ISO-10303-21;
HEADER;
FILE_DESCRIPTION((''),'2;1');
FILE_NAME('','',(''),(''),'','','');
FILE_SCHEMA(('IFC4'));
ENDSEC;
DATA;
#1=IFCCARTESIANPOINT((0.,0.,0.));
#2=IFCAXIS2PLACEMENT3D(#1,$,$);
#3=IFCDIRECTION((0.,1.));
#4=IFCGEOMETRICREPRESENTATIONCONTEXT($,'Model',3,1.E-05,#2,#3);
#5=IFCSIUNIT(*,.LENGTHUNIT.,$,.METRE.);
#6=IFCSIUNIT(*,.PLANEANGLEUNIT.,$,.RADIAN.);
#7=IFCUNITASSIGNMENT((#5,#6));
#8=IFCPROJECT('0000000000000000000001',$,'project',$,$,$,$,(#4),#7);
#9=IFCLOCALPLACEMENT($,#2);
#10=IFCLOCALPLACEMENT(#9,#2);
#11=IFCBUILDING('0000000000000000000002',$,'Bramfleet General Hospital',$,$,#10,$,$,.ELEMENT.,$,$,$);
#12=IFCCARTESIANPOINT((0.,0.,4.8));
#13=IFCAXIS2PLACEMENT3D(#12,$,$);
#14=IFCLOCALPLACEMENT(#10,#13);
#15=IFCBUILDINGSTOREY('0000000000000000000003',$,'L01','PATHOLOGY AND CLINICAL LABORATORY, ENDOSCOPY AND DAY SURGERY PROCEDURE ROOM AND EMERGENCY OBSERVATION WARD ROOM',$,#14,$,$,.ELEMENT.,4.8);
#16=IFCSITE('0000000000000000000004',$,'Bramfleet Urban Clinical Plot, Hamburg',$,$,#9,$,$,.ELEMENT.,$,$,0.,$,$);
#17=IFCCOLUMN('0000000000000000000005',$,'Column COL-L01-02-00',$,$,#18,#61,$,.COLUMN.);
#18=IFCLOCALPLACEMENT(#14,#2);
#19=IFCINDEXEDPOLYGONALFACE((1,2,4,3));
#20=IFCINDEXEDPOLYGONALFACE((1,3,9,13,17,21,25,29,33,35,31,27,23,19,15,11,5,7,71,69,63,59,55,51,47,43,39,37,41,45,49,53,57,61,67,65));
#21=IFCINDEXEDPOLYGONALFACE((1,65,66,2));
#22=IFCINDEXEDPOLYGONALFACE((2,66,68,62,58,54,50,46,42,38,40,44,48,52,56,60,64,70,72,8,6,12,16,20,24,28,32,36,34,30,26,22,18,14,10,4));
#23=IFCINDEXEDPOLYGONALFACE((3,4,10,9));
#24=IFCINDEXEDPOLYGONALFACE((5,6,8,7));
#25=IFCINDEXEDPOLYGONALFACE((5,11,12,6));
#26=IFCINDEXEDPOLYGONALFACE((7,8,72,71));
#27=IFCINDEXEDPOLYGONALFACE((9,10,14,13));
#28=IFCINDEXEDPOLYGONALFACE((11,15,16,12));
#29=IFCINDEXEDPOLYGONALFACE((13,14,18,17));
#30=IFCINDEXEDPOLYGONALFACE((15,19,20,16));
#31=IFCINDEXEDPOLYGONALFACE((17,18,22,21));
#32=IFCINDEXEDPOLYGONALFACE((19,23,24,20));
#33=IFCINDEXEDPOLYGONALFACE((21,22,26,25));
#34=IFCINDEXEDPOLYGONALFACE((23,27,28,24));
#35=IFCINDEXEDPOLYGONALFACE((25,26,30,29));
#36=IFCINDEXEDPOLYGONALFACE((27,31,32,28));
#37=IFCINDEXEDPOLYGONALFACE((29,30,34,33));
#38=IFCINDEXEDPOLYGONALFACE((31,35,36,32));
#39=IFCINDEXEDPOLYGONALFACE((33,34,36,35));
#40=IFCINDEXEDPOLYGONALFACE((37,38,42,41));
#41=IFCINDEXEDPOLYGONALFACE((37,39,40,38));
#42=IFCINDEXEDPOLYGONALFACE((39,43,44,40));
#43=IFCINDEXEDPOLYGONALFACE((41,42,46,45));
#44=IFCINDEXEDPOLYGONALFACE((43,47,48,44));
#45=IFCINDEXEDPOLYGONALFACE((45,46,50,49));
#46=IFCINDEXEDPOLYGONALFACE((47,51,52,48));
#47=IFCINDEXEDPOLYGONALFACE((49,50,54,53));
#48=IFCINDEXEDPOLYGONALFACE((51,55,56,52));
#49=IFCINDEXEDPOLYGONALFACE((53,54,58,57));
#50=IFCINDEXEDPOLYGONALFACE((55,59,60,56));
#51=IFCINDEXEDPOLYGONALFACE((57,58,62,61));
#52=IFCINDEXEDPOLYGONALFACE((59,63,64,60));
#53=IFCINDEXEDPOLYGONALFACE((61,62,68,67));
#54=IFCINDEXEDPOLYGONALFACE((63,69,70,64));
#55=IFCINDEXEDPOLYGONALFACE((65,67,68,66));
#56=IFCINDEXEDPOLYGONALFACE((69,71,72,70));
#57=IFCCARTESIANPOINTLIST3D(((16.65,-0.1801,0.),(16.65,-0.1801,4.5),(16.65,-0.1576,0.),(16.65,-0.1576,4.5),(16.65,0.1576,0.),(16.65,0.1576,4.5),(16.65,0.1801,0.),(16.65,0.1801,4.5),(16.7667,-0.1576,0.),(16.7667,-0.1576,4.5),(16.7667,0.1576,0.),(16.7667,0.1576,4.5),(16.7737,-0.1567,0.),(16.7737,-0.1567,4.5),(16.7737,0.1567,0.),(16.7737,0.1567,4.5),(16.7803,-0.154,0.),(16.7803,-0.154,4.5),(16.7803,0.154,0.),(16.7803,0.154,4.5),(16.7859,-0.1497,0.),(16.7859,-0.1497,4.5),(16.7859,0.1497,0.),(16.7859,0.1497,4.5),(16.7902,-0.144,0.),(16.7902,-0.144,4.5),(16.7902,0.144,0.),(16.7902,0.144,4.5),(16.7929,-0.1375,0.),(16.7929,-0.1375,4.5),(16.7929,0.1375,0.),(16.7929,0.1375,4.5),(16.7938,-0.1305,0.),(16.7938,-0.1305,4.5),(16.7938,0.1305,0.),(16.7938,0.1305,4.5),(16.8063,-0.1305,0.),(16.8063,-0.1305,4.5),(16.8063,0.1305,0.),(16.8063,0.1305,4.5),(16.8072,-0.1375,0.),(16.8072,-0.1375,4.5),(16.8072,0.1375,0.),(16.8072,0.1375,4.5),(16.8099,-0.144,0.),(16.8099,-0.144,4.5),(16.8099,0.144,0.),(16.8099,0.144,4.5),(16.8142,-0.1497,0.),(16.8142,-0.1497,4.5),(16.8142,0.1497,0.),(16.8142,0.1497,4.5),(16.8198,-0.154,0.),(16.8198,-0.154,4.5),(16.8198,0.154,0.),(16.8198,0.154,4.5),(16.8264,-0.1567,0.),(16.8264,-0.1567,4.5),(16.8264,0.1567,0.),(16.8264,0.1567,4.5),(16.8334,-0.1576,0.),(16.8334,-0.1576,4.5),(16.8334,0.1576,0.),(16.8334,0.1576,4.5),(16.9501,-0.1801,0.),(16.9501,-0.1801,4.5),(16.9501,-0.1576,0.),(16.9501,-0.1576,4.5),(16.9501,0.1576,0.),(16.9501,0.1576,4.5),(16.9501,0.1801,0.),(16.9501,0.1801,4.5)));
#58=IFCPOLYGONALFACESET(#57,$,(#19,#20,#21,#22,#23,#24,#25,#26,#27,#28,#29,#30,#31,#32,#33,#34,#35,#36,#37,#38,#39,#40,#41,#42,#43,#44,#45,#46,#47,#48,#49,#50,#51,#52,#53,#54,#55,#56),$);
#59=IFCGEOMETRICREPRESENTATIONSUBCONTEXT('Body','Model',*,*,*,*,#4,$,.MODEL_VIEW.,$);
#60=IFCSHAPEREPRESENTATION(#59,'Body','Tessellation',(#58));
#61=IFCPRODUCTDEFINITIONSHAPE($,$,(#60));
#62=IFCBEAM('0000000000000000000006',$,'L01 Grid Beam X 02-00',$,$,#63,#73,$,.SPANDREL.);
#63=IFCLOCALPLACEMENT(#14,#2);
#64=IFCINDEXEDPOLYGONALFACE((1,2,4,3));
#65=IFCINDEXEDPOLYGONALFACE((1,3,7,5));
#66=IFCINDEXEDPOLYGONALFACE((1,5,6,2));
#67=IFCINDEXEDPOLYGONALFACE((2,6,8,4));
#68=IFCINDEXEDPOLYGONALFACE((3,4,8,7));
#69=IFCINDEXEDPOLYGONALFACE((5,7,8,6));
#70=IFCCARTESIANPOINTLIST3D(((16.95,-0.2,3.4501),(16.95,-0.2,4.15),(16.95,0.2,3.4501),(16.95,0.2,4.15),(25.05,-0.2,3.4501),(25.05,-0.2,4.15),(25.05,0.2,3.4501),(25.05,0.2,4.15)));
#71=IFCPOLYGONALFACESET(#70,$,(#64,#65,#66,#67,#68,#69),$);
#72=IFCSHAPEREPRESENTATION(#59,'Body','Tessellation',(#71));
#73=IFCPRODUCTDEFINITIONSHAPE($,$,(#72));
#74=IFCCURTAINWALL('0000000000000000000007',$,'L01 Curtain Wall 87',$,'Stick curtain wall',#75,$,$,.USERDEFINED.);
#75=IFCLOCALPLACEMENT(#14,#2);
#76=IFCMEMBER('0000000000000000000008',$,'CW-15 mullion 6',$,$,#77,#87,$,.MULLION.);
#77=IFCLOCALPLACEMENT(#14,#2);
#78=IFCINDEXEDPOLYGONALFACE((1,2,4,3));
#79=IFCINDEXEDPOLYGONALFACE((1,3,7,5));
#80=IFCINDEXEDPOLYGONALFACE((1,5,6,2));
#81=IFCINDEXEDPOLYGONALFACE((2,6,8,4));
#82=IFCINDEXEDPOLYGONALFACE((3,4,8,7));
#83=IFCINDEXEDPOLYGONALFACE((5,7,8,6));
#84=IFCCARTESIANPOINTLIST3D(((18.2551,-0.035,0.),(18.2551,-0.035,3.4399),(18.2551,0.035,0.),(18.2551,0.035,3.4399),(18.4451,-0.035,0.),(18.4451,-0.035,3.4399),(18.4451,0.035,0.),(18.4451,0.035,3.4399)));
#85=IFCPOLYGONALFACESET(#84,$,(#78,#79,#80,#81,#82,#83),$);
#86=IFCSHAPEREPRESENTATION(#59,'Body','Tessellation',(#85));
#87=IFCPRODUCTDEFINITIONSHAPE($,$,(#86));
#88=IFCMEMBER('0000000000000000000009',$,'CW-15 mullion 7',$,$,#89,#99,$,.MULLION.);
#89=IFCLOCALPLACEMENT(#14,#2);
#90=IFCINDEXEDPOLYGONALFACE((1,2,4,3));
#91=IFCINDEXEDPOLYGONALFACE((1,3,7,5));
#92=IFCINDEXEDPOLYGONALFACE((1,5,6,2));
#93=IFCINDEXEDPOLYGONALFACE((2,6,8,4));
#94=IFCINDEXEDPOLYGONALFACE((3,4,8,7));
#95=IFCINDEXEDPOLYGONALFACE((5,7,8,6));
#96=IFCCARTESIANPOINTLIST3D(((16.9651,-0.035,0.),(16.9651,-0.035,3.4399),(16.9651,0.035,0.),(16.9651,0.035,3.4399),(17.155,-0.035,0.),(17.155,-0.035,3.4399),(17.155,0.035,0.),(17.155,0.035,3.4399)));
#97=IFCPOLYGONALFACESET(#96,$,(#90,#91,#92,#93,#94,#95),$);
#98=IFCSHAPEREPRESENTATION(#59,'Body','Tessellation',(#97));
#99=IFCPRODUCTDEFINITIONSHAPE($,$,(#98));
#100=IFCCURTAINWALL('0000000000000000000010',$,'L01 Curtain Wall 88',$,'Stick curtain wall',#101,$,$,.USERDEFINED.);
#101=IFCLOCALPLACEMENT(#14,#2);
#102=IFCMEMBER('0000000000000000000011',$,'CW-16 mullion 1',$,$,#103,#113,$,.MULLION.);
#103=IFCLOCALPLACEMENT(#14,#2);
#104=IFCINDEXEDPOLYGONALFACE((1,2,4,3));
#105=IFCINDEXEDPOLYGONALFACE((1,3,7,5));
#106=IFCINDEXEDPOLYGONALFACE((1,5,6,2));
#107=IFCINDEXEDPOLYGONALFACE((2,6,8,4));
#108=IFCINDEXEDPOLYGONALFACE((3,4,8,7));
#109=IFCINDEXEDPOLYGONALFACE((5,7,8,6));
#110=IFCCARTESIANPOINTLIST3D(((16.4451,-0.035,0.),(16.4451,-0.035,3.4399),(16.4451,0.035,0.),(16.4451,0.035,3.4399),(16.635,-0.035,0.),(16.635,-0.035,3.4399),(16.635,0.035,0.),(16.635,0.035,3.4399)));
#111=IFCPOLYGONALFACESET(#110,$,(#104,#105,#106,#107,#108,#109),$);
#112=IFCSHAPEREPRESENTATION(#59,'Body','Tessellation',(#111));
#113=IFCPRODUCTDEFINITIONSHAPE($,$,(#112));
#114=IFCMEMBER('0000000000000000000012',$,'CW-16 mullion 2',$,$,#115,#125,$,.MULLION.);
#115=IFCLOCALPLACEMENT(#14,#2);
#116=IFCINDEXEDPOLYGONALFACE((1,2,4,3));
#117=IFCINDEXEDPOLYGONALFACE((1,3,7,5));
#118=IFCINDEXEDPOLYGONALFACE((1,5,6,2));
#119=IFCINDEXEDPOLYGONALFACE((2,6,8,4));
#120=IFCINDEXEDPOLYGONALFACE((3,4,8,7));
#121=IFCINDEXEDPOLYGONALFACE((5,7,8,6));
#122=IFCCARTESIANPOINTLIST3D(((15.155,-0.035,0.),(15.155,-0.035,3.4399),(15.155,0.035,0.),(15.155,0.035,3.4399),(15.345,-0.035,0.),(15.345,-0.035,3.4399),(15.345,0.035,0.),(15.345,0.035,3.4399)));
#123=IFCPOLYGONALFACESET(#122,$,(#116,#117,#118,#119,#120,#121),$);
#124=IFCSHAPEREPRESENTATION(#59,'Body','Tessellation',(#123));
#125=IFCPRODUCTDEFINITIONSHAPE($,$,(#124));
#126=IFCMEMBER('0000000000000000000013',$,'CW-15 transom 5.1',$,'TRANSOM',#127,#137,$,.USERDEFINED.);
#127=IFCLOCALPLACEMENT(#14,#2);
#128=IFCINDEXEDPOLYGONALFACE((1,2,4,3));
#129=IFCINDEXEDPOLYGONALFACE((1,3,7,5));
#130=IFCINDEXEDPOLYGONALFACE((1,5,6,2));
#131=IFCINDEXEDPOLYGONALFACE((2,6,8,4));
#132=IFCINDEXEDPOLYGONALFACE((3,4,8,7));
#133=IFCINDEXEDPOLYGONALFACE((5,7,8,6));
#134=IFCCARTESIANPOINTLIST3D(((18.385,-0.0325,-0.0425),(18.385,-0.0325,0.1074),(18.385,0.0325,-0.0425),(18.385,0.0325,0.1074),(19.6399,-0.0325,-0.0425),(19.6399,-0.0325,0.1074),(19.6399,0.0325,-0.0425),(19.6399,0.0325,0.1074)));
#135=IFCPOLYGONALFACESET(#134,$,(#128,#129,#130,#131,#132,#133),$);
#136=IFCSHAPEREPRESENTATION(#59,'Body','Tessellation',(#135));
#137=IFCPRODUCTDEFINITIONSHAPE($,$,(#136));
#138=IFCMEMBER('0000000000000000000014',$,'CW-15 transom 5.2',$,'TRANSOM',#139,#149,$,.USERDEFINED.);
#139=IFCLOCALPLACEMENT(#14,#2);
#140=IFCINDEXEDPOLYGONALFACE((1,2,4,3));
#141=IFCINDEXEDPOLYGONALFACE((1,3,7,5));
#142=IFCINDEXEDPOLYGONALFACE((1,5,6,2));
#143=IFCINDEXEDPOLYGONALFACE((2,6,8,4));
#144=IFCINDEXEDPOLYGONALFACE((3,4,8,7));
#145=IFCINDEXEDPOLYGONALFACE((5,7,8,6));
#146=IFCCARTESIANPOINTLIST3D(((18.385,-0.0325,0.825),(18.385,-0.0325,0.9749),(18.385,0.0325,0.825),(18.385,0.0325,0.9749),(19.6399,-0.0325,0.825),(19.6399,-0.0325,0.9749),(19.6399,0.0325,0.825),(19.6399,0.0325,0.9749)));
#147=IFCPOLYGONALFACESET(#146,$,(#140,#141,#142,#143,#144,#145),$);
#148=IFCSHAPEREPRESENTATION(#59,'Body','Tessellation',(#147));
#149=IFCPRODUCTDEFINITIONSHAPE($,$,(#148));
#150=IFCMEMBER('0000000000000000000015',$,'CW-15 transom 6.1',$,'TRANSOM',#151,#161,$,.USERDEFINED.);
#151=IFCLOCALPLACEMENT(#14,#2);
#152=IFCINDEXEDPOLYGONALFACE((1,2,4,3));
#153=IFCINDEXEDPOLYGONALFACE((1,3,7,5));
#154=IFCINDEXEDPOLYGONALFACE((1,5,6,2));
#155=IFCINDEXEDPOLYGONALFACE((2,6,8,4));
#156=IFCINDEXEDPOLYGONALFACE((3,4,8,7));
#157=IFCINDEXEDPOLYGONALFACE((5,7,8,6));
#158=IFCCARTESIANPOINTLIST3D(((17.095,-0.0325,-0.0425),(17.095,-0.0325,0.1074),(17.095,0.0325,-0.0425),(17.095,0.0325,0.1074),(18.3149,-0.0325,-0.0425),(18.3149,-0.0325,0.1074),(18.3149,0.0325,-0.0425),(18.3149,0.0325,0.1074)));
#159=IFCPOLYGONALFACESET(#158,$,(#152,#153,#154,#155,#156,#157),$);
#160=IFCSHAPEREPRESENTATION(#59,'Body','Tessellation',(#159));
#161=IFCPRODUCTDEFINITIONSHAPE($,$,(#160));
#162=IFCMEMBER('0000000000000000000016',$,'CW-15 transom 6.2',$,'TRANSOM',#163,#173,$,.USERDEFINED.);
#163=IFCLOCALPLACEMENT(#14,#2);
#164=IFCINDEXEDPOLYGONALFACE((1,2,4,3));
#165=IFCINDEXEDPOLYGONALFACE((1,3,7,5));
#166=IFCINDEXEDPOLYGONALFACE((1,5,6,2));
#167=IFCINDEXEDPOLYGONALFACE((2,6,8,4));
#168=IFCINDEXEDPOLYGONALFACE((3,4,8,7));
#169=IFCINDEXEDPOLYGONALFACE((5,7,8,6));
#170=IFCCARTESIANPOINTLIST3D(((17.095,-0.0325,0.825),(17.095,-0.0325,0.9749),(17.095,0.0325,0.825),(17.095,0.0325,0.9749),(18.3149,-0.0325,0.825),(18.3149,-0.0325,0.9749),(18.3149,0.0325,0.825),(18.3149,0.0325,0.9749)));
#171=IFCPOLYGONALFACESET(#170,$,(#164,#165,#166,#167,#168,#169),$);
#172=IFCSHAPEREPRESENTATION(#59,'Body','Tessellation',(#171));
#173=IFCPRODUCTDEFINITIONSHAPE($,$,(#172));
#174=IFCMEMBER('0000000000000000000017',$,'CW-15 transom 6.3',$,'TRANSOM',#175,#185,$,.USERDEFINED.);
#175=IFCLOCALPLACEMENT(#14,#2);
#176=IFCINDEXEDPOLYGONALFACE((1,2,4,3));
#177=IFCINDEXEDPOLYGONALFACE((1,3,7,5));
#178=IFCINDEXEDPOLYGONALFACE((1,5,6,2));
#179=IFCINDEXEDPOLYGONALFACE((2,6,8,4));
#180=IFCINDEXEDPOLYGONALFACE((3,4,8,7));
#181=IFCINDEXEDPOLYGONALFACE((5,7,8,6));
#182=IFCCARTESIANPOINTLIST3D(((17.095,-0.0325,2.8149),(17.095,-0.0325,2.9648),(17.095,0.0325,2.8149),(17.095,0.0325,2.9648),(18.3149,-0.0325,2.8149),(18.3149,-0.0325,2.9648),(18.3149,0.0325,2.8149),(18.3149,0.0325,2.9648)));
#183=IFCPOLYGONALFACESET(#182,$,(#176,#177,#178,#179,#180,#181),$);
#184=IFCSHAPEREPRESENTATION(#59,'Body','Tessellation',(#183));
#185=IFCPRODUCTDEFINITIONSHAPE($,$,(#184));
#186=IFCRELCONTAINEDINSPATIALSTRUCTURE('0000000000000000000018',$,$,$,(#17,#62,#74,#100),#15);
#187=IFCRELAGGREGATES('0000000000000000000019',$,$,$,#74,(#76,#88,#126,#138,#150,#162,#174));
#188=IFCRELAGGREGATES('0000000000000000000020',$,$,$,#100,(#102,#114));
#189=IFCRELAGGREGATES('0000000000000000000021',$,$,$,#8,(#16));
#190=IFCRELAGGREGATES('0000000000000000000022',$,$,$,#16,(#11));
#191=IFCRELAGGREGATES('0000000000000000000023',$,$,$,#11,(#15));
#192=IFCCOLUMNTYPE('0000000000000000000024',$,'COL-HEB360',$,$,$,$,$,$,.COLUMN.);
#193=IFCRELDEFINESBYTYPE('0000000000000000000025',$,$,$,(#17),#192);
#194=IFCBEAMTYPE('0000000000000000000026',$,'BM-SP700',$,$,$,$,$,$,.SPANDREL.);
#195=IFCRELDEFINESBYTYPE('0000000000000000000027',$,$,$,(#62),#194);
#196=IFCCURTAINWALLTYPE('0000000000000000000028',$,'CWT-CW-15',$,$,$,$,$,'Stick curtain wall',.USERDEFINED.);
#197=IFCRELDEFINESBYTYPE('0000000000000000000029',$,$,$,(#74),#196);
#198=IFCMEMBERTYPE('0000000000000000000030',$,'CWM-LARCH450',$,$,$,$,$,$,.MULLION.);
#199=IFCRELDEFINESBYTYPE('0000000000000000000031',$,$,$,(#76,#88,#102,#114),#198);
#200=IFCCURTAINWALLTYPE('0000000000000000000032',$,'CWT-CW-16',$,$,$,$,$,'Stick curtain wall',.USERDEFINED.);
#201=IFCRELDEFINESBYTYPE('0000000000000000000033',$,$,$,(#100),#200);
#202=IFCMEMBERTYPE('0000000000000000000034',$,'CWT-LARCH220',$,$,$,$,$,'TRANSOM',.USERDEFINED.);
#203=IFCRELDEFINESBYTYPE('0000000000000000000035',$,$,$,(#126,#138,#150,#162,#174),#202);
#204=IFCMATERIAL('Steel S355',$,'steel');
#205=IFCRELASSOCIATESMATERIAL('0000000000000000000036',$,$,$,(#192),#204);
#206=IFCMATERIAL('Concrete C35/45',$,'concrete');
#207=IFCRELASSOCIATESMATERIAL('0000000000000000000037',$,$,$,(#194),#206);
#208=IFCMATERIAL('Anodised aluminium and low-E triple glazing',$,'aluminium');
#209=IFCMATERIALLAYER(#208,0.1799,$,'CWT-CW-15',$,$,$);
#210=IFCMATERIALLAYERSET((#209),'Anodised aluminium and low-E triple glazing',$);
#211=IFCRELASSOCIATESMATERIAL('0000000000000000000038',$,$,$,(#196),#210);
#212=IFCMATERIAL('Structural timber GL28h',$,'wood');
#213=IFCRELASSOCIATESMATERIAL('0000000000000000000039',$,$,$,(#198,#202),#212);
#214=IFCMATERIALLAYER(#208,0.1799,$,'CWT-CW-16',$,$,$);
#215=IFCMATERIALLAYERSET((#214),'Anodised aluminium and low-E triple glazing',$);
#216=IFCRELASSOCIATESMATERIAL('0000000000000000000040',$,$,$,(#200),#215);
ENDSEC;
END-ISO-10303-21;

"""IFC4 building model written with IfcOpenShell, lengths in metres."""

from ifc_helpers import new_model, si_unit, direction, frame, origin, origin_2d, place, context, subcontext, project, spatial, rectangle, i_section, extrude, material, layer, layer_set, material_profile, profile_set, type_object, element, aggregate, save


model = new_model("IFC4")

# Units and contexts
model_context = context("Model", 3, precision=1e-05, world=origin(), true_north=direction((0.0, 1.0)))
body_context = subcontext(model_context, "Body", "Model", "MODEL_VIEW")
ifc_project = project(units=[si_unit("LENGTHUNIT", "METRE"), si_unit("PLANEANGLEUNIT", "RADIAN")], contexts=[model_context])

# Site, building, storey
site_placement = place(None, origin())
site = spatial("IfcSite", under=ifc_project, at=site_placement, Name="Bramfleet Urban Clinical Plot, Hamburg", CompositionType="ELEMENT", RefElevation=0.0)
building_placement = place(site_placement, origin())
building = spatial("IfcBuilding", under=site, at=building_placement, Name="Bramfleet General Hospital", CompositionType="ELEMENT")
storey_placement = place(building_placement, frame((0.0, 0.0, 4.8)))
storey = spatial("IfcBuildingStorey", under=building, at=storey_placement, Name="L01", Description="PATHOLOGY AND CLINICAL LABORATORY, ENDOSCOPY AND DAY SURGERY PROCEDURE ROOM AND EMERGENCY OBSERVATION WARD ROOM", CompositionType="ELEMENT", Elevation=4.8)

# Column
ifc_material_1 = material(Name="Steel S355", Category="steel")
ifc_material_profile_1 = material_profile(ifc_material_1, i_section(OverallWidth=0.3, OverallDepth=0.3601, WebThickness=0.0125, FlangeThickness=0.0225, FilletRadius=0.0271, at=origin_2d()), Name="HEB 360")
ifc_profile_set_1 = profile_set([ifc_material_profile_1], Name="Steel S355")
column_type = type_object("IfcColumnType", Name="COL-HEB360", PredefinedType="COLUMN", material=ifc_profile_set_1)
column_placement = place(storey_placement, frame((16.8, 0.0, 0.0), z_axis=(0.0, 0.0, 1.0), x_axis=(1.0, 0.0, 0.0)))
element("IfcColumn", 1, at=column_placement, inside=storey, type_object=column_type, Name="Column COL-L01-02-00", PredefinedType="COLUMN", context=body_context, shape_type="SweptSolid", body=[
    extrude(i_section(OverallWidth=0.3, OverallDepth=0.3601, WebThickness=0.0125, FlangeThickness=0.0225, FilletRadius=0.0271, at=origin_2d()), origin(), (0.0, 0.0, 1.0), 4.5),
])

# Beam
ifc_material_2 = material(Name="Concrete C35/45", Category="concrete")
ifc_material_profile_2 = material_profile(ifc_material_2, rectangle(XDim=0.3999, YDim=0.7, at=origin_2d()), Name="RC SP 700x400")
ifc_profile_set_2 = profile_set([ifc_material_profile_2], Name="Concrete C35/45")
beam_type = type_object("IfcBeamType", Name="BM-SP700", PredefinedType="SPANDREL", material=ifc_profile_set_2)
beam_placement = place(storey_placement, frame((16.95, 0.0, 3.8), z_axis=(1.0, 0.0, 0.0), x_axis=(0.0, 1.0, 0.0)))
element("IfcBeam", 2, at=beam_placement, inside=storey, type_object=beam_type, Name="L01 Grid Beam X 02-00", PredefinedType="SPANDREL", context=body_context, shape_type="SweptSolid", body=[
    extrude(rectangle(XDim=0.3999, YDim=0.7, at=origin_2d()), origin(), (0.0, 0.0, 1.0), 8.1001),
])

# Curtain walls, members
ifc_material_3 = material(Name="Anodised aluminium and low-E triple glazing", Category="aluminium")
ifc_layer_1 = layer(ifc_material_3, 0.1799, Name="CWT-CW-15")
ifc_layer_set_1 = layer_set([ifc_layer_1], Name="Anodised aluminium and low-E triple glazing")
curtain_wall_type_1 = type_object("IfcCurtainWallType", Name="CWT-CW-15", ElementType="Stick curtain wall", PredefinedType="USERDEFINED", material=ifc_layer_set_1)
curtain_wall_1_placement = place(storey_placement, origin())
curtain_wall_1 = element("IfcCurtainWall", 3, at=curtain_wall_1_placement, inside=storey, type_object=curtain_wall_type_1, Name="L01 Curtain Wall 87", ObjectType="Stick curtain wall", PredefinedType="USERDEFINED")
ifc_material_4 = material(Name="Structural timber GL28h", Category="wood")
ifc_material_profile_3 = material_profile(ifc_material_4, rectangle(XDim=0.0701, YDim=0.1899, at=origin_2d()), Name="LARCH 190x70")
ifc_profile_set_3 = profile_set([ifc_material_profile_3], Name="Structural timber GL28h")
member_type_1 = type_object("IfcMemberType", Name="CWM-LARCH450", PredefinedType="MULLION", material=ifc_profile_set_3)
member_1_placement = place(storey_placement, frame((18.3501, 0.0, 0.0), z_axis=(0.0, 0.0, 1.0), x_axis=(0.0, -1.0, 0.0)))
member_1 = element("IfcMember", 4, at=member_1_placement, type_object=member_type_1, Name="CW-15 mullion 6", PredefinedType="MULLION", context=body_context, shape_type="SweptSolid", body=[
    extrude(rectangle(XDim=0.0701, YDim=0.1899, at=origin_2d()), origin(), (0.0, 0.0, 1.0), 3.4399),
])
member_2_placement = place(storey_placement, frame((17.0601, 0.0, 0.0), z_axis=(0.0, 0.0, 1.0), x_axis=(0.0, -1.0, 0.0)))
member_2 = element("IfcMember", 5, at=member_2_placement, type_object=member_type_1, Name="CW-15 mullion 7", PredefinedType="MULLION", context=body_context, shape_type="SweptSolid", body=[
    extrude(rectangle(XDim=0.0701, YDim=0.1899, at=origin_2d()), origin(), (0.0, 0.0, 1.0), 3.4399),
])
ifc_layer_2 = layer(ifc_material_3, 0.1799, Name="CWT-CW-16")
ifc_layer_set_2 = layer_set([ifc_layer_2], Name="Anodised aluminium and low-E triple glazing")
curtain_wall_type_2 = type_object("IfcCurtainWallType", Name="CWT-CW-16", ElementType="Stick curtain wall", PredefinedType="USERDEFINED", material=ifc_layer_set_2)
curtain_wall_2_placement = place(storey_placement, origin())
curtain_wall_2 = element("IfcCurtainWall", 6, at=curtain_wall_2_placement, inside=storey, type_object=curtain_wall_type_2, Name="L01 Curtain Wall 88", ObjectType="Stick curtain wall", PredefinedType="USERDEFINED")
member_3_placement = place(storey_placement, frame((16.54, 0.0, 0.0), z_axis=(0.0, 0.0, 1.0), x_axis=(0.0, -1.0, 0.0)))
member_3 = element("IfcMember", 7, at=member_3_placement, type_object=member_type_1, Name="CW-16 mullion 1", PredefinedType="MULLION", context=body_context, shape_type="SweptSolid", body=[
    extrude(rectangle(XDim=0.0701, YDim=0.1899, at=origin_2d()), origin(), (0.0, 0.0, 1.0), 3.4399),
])
member_4_placement = place(storey_placement, frame((15.25, 0.0, 0.0), z_axis=(0.0, 0.0, 1.0), x_axis=(0.0, -1.0, 0.0)))
member_4 = element("IfcMember", 8, at=member_4_placement, type_object=member_type_1, Name="CW-16 mullion 2", PredefinedType="MULLION", context=body_context, shape_type="SweptSolid", body=[
    extrude(rectangle(XDim=0.0701, YDim=0.1899, at=origin_2d()), origin(), (0.0, 0.0, 1.0), 3.4399),
])

# Members
ifc_material_profile_4 = material_profile(ifc_material_4, rectangle(XDim=0.0649, YDim=0.1499, at=origin_2d()), Name="LARCH 150x65")
ifc_profile_set_4 = profile_set([ifc_material_profile_4], Name="Structural timber GL28h")
member_type_2 = type_object("IfcMemberType", Name="CWT-LARCH220", ElementType="TRANSOM", PredefinedType="USERDEFINED", material=ifc_profile_set_4)
member_5_placement = place(storey_placement, frame((19.6399, 0.0, 0.0325), z_axis=(-1.0, 0.0, 0.0), x_axis=(0.0, -1.0, 0.0)))
member_5 = element("IfcMember", 9, at=member_5_placement, type_object=member_type_2, Name="CW-15 transom 5.1", ObjectType="TRANSOM", PredefinedType="USERDEFINED", context=body_context, shape_type="SweptSolid", body=[
    extrude(rectangle(XDim=0.0649, YDim=0.1499, at=origin_2d()), origin(), (0.0, 0.0, 1.0), 1.2549),
])
member_6_placement = place(storey_placement, frame((19.6399, 0.0, 0.8999), z_axis=(-1.0, 0.0, 0.0), x_axis=(0.0, -1.0, 0.0)))
member_6 = element("IfcMember", 10, at=member_6_placement, type_object=member_type_2, Name="CW-15 transom 5.2", ObjectType="TRANSOM", PredefinedType="USERDEFINED", context=body_context, shape_type="SweptSolid", body=[
    extrude(rectangle(XDim=0.0649, YDim=0.1499, at=origin_2d()), origin(), (0.0, 0.0, 1.0), 1.2549),
])
member_7_placement = place(storey_placement, frame((18.3149, 0.0, 0.0325), z_axis=(-1.0, 0.0, 0.0), x_axis=(0.0, -1.0, 0.0)))
member_7 = element("IfcMember", 11, at=member_7_placement, type_object=member_type_2, Name="CW-15 transom 6.1", ObjectType="TRANSOM", PredefinedType="USERDEFINED", context=body_context, shape_type="SweptSolid", body=[
    extrude(rectangle(XDim=0.0649, YDim=0.1499, at=origin_2d()), origin(), (0.0, 0.0, 1.0), 1.22),
])
member_8_placement = place(storey_placement, frame((18.3149, 0.0, 0.8999), z_axis=(-1.0, 0.0, 0.0), x_axis=(0.0, -1.0, 0.0)))
member_8 = element("IfcMember", 12, at=member_8_placement, type_object=member_type_2, Name="CW-15 transom 6.2", ObjectType="TRANSOM", PredefinedType="USERDEFINED", context=body_context, shape_type="SweptSolid", body=[
    extrude(rectangle(XDim=0.0649, YDim=0.1499, at=origin_2d()), origin(), (0.0, 0.0, 1.0), 1.22),
])
member_9_placement = place(storey_placement, frame((18.3149, 0.0, 2.8899), z_axis=(-1.0, 0.0, 0.0), x_axis=(0.0, -1.0, 0.0)))
member_9 = element("IfcMember", 13, at=member_9_placement, type_object=member_type_2, Name="CW-15 transom 6.3", ObjectType="TRANSOM", PredefinedType="USERDEFINED", context=body_context, shape_type="SweptSolid", body=[
    extrude(rectangle(XDim=0.0649, YDim=0.1499, at=origin_2d()), origin(), (0.0, 0.0, 1.0), 1.22),
])

aggregate(curtain_wall_1, [member_1, member_2, member_5, member_6, member_7, member_8, member_9])
aggregate(curtain_wall_2, [member_3, member_4])

save(model, "model.ifc")
